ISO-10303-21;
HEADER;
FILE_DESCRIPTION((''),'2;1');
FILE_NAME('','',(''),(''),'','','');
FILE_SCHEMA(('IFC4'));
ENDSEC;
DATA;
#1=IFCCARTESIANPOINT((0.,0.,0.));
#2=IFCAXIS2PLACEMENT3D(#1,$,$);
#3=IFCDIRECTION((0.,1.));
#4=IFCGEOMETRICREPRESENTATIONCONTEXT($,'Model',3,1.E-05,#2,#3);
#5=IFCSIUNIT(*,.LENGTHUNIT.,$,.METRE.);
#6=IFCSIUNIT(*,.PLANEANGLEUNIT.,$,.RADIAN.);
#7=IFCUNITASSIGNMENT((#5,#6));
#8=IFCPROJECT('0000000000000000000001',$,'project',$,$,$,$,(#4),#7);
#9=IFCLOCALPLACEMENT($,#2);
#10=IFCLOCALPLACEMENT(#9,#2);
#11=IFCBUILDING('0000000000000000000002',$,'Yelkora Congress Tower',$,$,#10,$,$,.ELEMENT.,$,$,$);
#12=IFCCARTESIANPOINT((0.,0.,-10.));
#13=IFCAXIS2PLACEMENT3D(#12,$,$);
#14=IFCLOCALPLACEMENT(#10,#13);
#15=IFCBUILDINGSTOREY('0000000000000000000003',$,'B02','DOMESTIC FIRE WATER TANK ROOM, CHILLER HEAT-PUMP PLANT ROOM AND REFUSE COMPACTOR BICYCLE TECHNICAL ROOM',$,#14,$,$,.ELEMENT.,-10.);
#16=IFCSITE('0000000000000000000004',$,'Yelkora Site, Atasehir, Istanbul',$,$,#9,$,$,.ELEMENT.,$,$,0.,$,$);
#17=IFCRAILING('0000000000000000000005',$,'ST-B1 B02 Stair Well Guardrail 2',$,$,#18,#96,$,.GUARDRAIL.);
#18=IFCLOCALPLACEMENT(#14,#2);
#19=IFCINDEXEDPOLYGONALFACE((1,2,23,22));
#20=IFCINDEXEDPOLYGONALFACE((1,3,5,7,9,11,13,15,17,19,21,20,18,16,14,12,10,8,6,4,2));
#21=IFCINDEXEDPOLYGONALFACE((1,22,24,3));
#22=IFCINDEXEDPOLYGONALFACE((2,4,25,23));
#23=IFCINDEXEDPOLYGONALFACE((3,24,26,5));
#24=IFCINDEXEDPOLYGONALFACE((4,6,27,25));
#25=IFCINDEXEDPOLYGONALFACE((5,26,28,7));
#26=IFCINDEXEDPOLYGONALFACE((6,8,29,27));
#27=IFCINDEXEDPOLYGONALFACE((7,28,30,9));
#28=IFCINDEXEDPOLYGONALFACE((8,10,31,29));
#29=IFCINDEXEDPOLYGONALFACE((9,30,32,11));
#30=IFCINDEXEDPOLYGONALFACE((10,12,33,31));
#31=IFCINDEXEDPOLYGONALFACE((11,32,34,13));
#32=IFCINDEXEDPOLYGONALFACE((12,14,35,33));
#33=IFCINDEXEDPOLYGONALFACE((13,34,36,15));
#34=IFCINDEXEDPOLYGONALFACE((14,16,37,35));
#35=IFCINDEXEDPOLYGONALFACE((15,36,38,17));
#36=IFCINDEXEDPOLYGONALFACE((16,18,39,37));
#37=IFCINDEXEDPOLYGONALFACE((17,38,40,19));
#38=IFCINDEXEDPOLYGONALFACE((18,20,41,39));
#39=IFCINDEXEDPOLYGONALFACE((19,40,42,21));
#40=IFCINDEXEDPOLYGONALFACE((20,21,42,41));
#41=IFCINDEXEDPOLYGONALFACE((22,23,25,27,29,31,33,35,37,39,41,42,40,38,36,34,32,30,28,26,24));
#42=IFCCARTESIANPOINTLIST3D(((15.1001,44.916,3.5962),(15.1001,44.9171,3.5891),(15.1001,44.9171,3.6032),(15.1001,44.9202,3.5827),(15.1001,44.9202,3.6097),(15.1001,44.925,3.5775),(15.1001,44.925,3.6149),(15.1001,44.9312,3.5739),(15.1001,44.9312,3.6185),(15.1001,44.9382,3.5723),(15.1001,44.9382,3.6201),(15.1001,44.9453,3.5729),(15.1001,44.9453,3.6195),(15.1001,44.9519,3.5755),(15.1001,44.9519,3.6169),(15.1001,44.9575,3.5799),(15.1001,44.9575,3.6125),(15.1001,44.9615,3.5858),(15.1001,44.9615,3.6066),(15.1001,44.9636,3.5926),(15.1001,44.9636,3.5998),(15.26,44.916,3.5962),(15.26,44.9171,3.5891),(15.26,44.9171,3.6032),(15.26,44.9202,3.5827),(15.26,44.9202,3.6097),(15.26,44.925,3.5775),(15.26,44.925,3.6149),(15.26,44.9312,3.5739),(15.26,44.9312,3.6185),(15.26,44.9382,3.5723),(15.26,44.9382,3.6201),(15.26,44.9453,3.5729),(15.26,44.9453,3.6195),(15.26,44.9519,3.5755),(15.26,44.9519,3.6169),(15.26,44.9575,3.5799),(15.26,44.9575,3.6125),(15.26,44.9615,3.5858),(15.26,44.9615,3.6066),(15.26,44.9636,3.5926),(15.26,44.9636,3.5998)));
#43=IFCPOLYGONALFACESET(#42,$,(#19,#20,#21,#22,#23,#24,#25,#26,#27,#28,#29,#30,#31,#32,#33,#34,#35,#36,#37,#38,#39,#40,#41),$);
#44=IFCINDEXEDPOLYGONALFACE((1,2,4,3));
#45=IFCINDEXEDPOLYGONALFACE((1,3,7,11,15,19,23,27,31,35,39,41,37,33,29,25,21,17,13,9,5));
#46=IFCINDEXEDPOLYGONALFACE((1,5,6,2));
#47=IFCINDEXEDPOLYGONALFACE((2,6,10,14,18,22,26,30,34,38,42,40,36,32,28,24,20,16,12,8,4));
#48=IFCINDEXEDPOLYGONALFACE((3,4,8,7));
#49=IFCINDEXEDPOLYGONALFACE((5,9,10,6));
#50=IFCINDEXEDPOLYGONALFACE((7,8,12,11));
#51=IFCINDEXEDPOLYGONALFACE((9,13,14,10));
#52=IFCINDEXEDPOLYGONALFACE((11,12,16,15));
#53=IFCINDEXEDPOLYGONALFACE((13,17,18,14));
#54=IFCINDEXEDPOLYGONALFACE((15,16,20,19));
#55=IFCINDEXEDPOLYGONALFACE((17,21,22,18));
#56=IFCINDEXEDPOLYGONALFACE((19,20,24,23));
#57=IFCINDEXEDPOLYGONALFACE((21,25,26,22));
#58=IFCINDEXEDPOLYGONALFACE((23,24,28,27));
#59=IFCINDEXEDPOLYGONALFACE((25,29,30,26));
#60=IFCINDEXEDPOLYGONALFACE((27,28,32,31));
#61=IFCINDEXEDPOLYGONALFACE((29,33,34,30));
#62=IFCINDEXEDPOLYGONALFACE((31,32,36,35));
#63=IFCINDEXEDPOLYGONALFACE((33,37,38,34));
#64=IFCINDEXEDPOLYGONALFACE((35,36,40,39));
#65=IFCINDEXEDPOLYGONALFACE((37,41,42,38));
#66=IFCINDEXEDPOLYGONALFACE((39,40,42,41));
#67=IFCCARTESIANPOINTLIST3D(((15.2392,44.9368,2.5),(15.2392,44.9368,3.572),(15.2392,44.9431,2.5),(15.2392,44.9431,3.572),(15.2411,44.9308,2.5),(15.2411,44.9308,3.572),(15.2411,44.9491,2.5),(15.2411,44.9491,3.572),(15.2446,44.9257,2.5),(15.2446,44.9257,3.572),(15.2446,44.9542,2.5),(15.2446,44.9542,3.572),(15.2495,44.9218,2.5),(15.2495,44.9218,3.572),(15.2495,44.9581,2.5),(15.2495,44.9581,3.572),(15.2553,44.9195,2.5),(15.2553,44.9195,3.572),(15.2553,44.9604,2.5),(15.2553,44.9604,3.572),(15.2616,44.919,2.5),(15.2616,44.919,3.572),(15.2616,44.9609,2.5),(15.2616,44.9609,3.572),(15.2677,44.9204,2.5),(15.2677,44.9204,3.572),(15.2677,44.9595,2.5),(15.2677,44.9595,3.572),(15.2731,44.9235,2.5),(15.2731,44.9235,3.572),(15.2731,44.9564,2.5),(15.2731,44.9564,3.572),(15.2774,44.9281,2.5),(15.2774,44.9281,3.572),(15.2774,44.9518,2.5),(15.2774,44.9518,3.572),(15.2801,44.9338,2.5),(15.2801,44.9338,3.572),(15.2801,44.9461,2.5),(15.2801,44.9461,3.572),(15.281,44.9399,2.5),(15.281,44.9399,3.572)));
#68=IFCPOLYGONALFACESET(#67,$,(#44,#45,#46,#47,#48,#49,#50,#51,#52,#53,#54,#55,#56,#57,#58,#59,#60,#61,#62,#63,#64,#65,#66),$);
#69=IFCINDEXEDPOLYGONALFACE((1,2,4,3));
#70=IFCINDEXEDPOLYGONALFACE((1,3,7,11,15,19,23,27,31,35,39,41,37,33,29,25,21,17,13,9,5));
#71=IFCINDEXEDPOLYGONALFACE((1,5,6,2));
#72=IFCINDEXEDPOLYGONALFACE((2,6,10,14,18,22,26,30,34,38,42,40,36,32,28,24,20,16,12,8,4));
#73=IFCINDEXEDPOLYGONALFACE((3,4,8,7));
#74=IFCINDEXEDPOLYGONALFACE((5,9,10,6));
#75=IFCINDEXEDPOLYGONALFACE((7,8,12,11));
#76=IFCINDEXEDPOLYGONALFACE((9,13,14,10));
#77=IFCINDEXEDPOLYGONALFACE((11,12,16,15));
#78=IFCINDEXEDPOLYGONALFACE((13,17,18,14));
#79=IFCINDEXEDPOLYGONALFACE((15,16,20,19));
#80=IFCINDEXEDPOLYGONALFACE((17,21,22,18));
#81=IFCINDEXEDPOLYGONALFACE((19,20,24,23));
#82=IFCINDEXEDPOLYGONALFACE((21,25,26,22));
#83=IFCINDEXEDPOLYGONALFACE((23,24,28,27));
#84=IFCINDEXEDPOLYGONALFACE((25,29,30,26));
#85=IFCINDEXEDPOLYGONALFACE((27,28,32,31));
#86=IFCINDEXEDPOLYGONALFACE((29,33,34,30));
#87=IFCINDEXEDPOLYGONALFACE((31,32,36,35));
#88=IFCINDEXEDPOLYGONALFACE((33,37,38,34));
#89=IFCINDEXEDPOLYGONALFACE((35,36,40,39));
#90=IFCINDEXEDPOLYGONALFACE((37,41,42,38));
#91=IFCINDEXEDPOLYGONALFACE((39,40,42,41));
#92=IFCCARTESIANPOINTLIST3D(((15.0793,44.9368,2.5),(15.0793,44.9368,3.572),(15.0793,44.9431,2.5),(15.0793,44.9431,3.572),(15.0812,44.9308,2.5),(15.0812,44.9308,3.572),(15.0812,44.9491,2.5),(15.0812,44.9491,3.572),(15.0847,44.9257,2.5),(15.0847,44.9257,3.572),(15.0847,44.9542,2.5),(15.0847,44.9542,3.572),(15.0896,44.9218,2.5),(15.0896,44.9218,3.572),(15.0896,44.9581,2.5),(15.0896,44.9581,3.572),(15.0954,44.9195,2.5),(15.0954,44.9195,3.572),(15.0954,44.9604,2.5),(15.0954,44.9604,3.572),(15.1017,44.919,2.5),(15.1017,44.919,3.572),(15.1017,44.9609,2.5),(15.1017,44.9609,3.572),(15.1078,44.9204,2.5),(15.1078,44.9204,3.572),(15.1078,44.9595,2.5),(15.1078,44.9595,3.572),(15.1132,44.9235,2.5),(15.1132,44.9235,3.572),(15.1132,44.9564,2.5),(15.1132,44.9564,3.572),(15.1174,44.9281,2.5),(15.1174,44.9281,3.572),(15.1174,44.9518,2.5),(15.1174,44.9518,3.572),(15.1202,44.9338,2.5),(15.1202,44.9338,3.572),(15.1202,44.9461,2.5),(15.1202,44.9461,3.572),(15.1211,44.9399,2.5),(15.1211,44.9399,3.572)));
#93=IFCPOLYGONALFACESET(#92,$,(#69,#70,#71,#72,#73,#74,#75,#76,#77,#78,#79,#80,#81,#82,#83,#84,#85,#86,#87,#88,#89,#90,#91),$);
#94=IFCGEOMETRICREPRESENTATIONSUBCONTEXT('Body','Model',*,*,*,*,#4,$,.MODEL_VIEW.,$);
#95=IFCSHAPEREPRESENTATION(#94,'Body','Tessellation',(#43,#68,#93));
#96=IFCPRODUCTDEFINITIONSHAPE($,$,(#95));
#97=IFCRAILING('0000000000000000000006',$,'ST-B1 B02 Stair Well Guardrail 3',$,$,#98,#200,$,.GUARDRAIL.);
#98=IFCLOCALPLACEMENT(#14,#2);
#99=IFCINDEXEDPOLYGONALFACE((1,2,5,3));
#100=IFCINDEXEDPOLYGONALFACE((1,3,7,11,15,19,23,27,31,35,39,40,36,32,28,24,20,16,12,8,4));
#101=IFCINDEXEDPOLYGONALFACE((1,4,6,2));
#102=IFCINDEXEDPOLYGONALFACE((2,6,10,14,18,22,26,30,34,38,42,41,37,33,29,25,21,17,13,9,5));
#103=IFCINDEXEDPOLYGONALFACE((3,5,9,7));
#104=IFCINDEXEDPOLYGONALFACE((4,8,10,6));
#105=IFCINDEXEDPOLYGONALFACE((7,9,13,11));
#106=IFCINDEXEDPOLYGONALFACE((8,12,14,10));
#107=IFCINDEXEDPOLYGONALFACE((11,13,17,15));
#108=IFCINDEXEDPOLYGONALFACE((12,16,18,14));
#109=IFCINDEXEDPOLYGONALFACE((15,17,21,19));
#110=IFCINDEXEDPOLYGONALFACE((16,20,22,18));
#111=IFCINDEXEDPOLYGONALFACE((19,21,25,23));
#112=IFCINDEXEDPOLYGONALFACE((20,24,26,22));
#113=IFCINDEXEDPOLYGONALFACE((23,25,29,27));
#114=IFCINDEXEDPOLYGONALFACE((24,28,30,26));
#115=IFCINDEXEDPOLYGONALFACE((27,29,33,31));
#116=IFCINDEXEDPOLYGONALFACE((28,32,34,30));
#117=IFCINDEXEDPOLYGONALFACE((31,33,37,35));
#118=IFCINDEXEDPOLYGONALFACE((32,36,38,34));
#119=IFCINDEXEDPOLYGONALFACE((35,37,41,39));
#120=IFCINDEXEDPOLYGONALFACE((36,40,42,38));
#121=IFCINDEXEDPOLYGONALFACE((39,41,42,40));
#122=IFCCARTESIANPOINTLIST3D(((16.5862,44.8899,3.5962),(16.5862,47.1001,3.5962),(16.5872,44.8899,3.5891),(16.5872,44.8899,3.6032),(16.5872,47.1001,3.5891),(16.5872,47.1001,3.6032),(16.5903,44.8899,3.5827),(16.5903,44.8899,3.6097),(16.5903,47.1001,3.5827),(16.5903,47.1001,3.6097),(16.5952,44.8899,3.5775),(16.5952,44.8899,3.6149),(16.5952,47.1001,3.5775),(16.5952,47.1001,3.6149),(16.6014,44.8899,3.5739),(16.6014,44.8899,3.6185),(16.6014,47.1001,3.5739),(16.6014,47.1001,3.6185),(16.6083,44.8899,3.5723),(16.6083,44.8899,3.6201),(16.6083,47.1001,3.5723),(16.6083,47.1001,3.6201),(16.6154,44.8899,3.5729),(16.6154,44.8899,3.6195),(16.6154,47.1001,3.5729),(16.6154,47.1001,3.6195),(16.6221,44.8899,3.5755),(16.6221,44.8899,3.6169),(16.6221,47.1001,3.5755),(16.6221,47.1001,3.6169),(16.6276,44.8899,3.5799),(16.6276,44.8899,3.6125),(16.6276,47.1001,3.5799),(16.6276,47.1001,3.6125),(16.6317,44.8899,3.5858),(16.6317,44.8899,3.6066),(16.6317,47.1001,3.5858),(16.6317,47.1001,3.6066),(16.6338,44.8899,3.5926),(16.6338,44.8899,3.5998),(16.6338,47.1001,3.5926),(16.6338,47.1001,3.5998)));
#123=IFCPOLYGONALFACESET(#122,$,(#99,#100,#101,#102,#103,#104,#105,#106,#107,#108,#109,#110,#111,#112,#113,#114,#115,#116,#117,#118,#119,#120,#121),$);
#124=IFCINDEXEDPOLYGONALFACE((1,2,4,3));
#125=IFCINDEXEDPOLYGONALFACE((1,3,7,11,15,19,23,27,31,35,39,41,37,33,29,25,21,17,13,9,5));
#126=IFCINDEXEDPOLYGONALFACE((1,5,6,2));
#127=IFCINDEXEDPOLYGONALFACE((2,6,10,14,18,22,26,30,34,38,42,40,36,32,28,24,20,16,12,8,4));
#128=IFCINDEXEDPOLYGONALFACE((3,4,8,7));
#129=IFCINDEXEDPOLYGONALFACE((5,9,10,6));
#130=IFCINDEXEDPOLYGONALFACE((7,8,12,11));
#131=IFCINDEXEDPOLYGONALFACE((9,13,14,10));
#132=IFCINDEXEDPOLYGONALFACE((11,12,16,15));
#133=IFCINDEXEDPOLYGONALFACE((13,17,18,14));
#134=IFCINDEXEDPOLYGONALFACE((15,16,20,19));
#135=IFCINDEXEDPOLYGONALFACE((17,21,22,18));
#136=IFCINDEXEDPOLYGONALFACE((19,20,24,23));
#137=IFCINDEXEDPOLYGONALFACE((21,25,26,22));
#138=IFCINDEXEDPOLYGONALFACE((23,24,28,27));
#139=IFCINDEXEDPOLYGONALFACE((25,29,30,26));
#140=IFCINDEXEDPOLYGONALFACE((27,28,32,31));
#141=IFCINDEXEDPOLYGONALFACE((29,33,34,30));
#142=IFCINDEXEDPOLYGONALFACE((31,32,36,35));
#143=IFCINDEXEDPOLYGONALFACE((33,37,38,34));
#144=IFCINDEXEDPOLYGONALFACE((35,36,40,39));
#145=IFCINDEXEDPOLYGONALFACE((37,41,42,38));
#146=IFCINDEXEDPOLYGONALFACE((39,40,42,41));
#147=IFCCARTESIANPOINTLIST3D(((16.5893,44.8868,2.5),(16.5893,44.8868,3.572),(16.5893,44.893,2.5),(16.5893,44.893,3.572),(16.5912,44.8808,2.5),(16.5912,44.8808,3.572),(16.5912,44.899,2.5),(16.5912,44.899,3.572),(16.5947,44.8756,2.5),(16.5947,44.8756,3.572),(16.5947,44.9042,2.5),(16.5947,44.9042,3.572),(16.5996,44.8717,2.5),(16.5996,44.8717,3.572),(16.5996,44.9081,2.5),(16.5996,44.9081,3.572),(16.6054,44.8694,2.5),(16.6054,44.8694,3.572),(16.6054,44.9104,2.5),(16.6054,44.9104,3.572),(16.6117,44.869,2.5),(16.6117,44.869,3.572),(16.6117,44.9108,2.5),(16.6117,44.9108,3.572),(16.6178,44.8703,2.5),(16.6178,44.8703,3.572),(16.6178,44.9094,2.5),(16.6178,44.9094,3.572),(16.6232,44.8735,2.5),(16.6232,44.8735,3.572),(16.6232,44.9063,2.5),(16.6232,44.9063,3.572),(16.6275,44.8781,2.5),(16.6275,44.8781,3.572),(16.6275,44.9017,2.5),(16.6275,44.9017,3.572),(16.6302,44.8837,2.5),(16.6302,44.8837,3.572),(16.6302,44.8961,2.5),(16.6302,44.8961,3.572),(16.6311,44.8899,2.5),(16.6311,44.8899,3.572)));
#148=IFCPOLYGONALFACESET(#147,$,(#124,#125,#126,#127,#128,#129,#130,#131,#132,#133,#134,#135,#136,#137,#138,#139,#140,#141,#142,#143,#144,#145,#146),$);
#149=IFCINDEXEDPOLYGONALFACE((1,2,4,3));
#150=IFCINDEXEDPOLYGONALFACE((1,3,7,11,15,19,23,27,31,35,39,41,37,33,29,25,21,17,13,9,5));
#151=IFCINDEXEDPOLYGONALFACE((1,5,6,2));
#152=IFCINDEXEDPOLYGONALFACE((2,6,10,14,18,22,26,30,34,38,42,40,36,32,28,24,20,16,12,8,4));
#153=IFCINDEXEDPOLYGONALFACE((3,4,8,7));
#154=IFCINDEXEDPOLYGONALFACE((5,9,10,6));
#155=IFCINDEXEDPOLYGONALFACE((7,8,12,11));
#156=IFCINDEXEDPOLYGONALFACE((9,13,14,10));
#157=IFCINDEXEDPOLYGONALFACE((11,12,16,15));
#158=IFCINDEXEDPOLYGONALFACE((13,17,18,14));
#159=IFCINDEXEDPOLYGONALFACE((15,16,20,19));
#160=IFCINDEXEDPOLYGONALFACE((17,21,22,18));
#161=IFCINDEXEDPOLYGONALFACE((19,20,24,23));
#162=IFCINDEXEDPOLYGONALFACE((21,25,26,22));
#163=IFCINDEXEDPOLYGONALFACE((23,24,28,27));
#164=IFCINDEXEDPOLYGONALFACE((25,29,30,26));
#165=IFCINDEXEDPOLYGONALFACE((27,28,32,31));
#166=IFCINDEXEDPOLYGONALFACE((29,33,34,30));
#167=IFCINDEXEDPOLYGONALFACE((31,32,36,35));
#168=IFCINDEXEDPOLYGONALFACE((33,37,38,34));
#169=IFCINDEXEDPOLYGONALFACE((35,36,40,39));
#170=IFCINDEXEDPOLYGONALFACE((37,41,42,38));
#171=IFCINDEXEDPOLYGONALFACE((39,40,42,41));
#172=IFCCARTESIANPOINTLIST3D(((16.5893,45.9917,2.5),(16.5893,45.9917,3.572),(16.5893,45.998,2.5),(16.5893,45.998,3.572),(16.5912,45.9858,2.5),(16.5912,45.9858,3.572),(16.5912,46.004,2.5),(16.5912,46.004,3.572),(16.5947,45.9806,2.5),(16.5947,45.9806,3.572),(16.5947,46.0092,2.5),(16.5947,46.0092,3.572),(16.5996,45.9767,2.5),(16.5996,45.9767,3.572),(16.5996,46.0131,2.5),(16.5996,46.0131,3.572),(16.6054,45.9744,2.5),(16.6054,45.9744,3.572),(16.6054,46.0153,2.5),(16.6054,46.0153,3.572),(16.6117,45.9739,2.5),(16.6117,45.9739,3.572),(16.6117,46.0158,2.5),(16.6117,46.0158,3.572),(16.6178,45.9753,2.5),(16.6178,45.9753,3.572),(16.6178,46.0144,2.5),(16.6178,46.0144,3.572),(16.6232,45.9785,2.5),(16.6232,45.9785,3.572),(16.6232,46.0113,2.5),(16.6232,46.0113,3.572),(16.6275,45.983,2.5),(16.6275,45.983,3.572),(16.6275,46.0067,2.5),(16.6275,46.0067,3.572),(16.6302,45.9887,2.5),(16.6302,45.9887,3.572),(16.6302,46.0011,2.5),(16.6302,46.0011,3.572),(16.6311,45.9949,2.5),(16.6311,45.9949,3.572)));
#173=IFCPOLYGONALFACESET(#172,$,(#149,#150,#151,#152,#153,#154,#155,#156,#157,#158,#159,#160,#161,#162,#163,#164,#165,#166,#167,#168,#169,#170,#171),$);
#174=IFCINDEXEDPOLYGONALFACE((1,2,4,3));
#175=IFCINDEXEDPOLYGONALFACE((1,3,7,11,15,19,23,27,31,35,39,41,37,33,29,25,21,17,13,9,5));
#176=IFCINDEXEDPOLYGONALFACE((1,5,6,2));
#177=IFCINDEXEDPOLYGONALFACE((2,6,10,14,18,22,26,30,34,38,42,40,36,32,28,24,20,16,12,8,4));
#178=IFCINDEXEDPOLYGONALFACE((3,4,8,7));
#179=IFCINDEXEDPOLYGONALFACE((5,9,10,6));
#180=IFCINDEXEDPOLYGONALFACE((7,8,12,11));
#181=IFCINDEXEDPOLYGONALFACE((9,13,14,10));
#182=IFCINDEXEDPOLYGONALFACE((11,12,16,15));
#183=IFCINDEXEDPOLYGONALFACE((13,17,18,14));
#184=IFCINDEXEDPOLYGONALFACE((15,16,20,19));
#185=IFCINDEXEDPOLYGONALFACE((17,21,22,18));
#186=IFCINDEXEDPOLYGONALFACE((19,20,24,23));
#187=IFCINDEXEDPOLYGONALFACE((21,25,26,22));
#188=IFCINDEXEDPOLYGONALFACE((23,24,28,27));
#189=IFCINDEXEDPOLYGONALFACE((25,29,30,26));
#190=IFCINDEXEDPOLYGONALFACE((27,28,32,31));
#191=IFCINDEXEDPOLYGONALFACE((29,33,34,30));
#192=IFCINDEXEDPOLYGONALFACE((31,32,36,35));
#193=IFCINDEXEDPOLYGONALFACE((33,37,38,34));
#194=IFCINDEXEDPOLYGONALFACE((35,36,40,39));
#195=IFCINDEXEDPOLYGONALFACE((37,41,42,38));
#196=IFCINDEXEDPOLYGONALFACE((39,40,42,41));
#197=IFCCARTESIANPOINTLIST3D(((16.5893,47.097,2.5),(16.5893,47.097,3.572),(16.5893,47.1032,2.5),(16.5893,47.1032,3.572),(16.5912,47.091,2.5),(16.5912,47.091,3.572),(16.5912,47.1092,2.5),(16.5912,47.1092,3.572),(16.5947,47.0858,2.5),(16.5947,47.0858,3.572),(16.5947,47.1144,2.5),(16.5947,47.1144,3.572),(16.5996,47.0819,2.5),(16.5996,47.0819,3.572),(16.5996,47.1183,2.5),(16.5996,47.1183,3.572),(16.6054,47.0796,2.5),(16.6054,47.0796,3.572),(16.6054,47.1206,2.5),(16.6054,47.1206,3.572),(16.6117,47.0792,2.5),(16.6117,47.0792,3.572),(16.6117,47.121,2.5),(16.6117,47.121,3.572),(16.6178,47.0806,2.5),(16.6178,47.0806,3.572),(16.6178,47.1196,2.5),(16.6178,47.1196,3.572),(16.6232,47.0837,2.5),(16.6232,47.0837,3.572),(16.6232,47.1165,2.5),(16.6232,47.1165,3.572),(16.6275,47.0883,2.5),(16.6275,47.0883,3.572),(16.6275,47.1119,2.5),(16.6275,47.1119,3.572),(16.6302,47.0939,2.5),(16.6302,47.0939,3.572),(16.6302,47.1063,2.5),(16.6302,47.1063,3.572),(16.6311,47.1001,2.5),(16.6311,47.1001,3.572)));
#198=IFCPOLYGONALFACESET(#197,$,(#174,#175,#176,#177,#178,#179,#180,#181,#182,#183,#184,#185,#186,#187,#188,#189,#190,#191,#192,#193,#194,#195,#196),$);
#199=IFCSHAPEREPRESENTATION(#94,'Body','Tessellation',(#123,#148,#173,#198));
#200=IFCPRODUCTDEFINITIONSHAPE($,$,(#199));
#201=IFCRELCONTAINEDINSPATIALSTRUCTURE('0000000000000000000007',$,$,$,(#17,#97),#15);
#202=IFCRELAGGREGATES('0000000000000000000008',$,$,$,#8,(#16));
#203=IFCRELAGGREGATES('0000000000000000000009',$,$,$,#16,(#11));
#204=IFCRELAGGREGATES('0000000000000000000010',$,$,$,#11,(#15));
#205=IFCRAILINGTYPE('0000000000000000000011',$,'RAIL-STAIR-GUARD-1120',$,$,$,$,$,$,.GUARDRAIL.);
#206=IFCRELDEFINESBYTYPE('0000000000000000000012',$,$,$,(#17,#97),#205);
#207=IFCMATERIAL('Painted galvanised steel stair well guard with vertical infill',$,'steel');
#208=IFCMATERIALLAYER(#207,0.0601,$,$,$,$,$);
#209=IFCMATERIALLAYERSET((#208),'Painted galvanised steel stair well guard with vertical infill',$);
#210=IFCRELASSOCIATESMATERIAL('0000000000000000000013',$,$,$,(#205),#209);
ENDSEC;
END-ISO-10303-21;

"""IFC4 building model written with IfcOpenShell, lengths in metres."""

from ifc_helpers import new_model, si_unit, direction, frame, origin, origin_2d, place, context, subcontext, project, spatial, circle, extrude, material, layer, layer_set, type_object, element, save


model = new_model("IFC4")

# Units and contexts
model_context = context("Model", 3, precision=1e-05, world=origin(), true_north=direction((0.0, 1.0)))
body_context = subcontext(model_context, "Body", "Model", "MODEL_VIEW")
ifc_project = project(units=[si_unit("LENGTHUNIT", "METRE"), si_unit("PLANEANGLEUNIT", "RADIAN")], contexts=[model_context])

# Site, building, storey
site_placement = place(None, origin())
site = spatial("IfcSite", under=ifc_project, at=site_placement, Name="Yelkora Site, Atasehir, Istanbul", CompositionType="ELEMENT", RefElevation=0.0)
building_placement = place(site_placement, origin())
building = spatial("IfcBuilding", under=site, at=building_placement, Name="Yelkora Congress Tower", CompositionType="ELEMENT")
storey_placement = place(building_placement, frame((0.0, 0.0, -10.0)))
storey = spatial("IfcBuildingStorey", under=building, at=storey_placement, Name="B02", Description="DOMESTIC FIRE WATER TANK ROOM, CHILLER HEAT-PUMP PLANT ROOM AND REFUSE COMPACTOR BICYCLE TECHNICAL ROOM", CompositionType="ELEMENT", Elevation=-10.0)

# Railings
ifc_material_1 = material(Name="Painted galvanised steel stair well guard with vertical infill", Category="steel")
ifc_layer_1 = layer(ifc_material_1, 0.0601)
ifc_layer_set_1 = layer_set([ifc_layer_1], Name="Painted galvanised steel stair well guard with vertical infill")
railing_type_1 = type_object("IfcRailingType", Name="RAIL-STAIR-GUARD-1120", PredefinedType="GUARDRAIL", material=ifc_layer_set_1)
railing_1_placement = place(storey_placement, frame((15.26, 44.9399, 2.5)))
element("IfcRailing", 1, at=railing_1_placement, inside=storey, type_object=railing_type_1, Name="ST-B1 B02 Stair Well Guardrail 2", PredefinedType="GUARDRAIL", context=body_context, shape_type="SweptSolid", body=[
    extrude(circle(Radius=0.0239, at=origin_2d()), frame((0.0, 0.0, 1.0962), z_axis=(-1.0, 0.0, 0.0), x_axis=(0.0, -1.0, 0.0)), (0.0, 0.0, 1.0), 0.1599),
    extrude(circle(Radius=0.021, at=origin_2d()), origin(), (0.0, 0.0, 1.0), 1.072),
    extrude(circle(Radius=0.021, at=origin_2d()), frame((-0.1599, 0.0, 0.0)), (0.0, 0.0, 1.0), 1.072),
])
for number, where, name in (
    (2, (16.6101, 44.8899, 2.5), "ST-B1 B02 Stair Well Guardrail 3"),
):
    element("IfcRailing", number, at=place(storey_placement, frame(where)), inside=storey, type_object=railing_type_1, Name=name, PredefinedType="GUARDRAIL", context=body_context, shape_type="SweptSolid", body=[
        extrude(circle(Radius=0.0239, at=origin_2d()), frame((0.0, 0.0, 1.0962), z_axis=(0.0, 1.0, 0.0), x_axis=(-1.0, 0.0, 0.0)), (0.0, 0.0, 1.0), 2.2102),
        extrude(circle(Radius=0.021, at=origin_2d()), origin(), (0.0, 0.0, 1.0), 1.072),
        extrude(circle(Radius=0.021, at=origin_2d()), frame((0.0, 1.105, 0.0)), (0.0, 0.0, 1.0), 1.072),
        extrude(circle(Radius=0.021, at=origin_2d()), frame((0.0, 2.2102, 0.0)), (0.0, 0.0, 1.0), 1.072),
    ])

save(model, "model.ifc")
